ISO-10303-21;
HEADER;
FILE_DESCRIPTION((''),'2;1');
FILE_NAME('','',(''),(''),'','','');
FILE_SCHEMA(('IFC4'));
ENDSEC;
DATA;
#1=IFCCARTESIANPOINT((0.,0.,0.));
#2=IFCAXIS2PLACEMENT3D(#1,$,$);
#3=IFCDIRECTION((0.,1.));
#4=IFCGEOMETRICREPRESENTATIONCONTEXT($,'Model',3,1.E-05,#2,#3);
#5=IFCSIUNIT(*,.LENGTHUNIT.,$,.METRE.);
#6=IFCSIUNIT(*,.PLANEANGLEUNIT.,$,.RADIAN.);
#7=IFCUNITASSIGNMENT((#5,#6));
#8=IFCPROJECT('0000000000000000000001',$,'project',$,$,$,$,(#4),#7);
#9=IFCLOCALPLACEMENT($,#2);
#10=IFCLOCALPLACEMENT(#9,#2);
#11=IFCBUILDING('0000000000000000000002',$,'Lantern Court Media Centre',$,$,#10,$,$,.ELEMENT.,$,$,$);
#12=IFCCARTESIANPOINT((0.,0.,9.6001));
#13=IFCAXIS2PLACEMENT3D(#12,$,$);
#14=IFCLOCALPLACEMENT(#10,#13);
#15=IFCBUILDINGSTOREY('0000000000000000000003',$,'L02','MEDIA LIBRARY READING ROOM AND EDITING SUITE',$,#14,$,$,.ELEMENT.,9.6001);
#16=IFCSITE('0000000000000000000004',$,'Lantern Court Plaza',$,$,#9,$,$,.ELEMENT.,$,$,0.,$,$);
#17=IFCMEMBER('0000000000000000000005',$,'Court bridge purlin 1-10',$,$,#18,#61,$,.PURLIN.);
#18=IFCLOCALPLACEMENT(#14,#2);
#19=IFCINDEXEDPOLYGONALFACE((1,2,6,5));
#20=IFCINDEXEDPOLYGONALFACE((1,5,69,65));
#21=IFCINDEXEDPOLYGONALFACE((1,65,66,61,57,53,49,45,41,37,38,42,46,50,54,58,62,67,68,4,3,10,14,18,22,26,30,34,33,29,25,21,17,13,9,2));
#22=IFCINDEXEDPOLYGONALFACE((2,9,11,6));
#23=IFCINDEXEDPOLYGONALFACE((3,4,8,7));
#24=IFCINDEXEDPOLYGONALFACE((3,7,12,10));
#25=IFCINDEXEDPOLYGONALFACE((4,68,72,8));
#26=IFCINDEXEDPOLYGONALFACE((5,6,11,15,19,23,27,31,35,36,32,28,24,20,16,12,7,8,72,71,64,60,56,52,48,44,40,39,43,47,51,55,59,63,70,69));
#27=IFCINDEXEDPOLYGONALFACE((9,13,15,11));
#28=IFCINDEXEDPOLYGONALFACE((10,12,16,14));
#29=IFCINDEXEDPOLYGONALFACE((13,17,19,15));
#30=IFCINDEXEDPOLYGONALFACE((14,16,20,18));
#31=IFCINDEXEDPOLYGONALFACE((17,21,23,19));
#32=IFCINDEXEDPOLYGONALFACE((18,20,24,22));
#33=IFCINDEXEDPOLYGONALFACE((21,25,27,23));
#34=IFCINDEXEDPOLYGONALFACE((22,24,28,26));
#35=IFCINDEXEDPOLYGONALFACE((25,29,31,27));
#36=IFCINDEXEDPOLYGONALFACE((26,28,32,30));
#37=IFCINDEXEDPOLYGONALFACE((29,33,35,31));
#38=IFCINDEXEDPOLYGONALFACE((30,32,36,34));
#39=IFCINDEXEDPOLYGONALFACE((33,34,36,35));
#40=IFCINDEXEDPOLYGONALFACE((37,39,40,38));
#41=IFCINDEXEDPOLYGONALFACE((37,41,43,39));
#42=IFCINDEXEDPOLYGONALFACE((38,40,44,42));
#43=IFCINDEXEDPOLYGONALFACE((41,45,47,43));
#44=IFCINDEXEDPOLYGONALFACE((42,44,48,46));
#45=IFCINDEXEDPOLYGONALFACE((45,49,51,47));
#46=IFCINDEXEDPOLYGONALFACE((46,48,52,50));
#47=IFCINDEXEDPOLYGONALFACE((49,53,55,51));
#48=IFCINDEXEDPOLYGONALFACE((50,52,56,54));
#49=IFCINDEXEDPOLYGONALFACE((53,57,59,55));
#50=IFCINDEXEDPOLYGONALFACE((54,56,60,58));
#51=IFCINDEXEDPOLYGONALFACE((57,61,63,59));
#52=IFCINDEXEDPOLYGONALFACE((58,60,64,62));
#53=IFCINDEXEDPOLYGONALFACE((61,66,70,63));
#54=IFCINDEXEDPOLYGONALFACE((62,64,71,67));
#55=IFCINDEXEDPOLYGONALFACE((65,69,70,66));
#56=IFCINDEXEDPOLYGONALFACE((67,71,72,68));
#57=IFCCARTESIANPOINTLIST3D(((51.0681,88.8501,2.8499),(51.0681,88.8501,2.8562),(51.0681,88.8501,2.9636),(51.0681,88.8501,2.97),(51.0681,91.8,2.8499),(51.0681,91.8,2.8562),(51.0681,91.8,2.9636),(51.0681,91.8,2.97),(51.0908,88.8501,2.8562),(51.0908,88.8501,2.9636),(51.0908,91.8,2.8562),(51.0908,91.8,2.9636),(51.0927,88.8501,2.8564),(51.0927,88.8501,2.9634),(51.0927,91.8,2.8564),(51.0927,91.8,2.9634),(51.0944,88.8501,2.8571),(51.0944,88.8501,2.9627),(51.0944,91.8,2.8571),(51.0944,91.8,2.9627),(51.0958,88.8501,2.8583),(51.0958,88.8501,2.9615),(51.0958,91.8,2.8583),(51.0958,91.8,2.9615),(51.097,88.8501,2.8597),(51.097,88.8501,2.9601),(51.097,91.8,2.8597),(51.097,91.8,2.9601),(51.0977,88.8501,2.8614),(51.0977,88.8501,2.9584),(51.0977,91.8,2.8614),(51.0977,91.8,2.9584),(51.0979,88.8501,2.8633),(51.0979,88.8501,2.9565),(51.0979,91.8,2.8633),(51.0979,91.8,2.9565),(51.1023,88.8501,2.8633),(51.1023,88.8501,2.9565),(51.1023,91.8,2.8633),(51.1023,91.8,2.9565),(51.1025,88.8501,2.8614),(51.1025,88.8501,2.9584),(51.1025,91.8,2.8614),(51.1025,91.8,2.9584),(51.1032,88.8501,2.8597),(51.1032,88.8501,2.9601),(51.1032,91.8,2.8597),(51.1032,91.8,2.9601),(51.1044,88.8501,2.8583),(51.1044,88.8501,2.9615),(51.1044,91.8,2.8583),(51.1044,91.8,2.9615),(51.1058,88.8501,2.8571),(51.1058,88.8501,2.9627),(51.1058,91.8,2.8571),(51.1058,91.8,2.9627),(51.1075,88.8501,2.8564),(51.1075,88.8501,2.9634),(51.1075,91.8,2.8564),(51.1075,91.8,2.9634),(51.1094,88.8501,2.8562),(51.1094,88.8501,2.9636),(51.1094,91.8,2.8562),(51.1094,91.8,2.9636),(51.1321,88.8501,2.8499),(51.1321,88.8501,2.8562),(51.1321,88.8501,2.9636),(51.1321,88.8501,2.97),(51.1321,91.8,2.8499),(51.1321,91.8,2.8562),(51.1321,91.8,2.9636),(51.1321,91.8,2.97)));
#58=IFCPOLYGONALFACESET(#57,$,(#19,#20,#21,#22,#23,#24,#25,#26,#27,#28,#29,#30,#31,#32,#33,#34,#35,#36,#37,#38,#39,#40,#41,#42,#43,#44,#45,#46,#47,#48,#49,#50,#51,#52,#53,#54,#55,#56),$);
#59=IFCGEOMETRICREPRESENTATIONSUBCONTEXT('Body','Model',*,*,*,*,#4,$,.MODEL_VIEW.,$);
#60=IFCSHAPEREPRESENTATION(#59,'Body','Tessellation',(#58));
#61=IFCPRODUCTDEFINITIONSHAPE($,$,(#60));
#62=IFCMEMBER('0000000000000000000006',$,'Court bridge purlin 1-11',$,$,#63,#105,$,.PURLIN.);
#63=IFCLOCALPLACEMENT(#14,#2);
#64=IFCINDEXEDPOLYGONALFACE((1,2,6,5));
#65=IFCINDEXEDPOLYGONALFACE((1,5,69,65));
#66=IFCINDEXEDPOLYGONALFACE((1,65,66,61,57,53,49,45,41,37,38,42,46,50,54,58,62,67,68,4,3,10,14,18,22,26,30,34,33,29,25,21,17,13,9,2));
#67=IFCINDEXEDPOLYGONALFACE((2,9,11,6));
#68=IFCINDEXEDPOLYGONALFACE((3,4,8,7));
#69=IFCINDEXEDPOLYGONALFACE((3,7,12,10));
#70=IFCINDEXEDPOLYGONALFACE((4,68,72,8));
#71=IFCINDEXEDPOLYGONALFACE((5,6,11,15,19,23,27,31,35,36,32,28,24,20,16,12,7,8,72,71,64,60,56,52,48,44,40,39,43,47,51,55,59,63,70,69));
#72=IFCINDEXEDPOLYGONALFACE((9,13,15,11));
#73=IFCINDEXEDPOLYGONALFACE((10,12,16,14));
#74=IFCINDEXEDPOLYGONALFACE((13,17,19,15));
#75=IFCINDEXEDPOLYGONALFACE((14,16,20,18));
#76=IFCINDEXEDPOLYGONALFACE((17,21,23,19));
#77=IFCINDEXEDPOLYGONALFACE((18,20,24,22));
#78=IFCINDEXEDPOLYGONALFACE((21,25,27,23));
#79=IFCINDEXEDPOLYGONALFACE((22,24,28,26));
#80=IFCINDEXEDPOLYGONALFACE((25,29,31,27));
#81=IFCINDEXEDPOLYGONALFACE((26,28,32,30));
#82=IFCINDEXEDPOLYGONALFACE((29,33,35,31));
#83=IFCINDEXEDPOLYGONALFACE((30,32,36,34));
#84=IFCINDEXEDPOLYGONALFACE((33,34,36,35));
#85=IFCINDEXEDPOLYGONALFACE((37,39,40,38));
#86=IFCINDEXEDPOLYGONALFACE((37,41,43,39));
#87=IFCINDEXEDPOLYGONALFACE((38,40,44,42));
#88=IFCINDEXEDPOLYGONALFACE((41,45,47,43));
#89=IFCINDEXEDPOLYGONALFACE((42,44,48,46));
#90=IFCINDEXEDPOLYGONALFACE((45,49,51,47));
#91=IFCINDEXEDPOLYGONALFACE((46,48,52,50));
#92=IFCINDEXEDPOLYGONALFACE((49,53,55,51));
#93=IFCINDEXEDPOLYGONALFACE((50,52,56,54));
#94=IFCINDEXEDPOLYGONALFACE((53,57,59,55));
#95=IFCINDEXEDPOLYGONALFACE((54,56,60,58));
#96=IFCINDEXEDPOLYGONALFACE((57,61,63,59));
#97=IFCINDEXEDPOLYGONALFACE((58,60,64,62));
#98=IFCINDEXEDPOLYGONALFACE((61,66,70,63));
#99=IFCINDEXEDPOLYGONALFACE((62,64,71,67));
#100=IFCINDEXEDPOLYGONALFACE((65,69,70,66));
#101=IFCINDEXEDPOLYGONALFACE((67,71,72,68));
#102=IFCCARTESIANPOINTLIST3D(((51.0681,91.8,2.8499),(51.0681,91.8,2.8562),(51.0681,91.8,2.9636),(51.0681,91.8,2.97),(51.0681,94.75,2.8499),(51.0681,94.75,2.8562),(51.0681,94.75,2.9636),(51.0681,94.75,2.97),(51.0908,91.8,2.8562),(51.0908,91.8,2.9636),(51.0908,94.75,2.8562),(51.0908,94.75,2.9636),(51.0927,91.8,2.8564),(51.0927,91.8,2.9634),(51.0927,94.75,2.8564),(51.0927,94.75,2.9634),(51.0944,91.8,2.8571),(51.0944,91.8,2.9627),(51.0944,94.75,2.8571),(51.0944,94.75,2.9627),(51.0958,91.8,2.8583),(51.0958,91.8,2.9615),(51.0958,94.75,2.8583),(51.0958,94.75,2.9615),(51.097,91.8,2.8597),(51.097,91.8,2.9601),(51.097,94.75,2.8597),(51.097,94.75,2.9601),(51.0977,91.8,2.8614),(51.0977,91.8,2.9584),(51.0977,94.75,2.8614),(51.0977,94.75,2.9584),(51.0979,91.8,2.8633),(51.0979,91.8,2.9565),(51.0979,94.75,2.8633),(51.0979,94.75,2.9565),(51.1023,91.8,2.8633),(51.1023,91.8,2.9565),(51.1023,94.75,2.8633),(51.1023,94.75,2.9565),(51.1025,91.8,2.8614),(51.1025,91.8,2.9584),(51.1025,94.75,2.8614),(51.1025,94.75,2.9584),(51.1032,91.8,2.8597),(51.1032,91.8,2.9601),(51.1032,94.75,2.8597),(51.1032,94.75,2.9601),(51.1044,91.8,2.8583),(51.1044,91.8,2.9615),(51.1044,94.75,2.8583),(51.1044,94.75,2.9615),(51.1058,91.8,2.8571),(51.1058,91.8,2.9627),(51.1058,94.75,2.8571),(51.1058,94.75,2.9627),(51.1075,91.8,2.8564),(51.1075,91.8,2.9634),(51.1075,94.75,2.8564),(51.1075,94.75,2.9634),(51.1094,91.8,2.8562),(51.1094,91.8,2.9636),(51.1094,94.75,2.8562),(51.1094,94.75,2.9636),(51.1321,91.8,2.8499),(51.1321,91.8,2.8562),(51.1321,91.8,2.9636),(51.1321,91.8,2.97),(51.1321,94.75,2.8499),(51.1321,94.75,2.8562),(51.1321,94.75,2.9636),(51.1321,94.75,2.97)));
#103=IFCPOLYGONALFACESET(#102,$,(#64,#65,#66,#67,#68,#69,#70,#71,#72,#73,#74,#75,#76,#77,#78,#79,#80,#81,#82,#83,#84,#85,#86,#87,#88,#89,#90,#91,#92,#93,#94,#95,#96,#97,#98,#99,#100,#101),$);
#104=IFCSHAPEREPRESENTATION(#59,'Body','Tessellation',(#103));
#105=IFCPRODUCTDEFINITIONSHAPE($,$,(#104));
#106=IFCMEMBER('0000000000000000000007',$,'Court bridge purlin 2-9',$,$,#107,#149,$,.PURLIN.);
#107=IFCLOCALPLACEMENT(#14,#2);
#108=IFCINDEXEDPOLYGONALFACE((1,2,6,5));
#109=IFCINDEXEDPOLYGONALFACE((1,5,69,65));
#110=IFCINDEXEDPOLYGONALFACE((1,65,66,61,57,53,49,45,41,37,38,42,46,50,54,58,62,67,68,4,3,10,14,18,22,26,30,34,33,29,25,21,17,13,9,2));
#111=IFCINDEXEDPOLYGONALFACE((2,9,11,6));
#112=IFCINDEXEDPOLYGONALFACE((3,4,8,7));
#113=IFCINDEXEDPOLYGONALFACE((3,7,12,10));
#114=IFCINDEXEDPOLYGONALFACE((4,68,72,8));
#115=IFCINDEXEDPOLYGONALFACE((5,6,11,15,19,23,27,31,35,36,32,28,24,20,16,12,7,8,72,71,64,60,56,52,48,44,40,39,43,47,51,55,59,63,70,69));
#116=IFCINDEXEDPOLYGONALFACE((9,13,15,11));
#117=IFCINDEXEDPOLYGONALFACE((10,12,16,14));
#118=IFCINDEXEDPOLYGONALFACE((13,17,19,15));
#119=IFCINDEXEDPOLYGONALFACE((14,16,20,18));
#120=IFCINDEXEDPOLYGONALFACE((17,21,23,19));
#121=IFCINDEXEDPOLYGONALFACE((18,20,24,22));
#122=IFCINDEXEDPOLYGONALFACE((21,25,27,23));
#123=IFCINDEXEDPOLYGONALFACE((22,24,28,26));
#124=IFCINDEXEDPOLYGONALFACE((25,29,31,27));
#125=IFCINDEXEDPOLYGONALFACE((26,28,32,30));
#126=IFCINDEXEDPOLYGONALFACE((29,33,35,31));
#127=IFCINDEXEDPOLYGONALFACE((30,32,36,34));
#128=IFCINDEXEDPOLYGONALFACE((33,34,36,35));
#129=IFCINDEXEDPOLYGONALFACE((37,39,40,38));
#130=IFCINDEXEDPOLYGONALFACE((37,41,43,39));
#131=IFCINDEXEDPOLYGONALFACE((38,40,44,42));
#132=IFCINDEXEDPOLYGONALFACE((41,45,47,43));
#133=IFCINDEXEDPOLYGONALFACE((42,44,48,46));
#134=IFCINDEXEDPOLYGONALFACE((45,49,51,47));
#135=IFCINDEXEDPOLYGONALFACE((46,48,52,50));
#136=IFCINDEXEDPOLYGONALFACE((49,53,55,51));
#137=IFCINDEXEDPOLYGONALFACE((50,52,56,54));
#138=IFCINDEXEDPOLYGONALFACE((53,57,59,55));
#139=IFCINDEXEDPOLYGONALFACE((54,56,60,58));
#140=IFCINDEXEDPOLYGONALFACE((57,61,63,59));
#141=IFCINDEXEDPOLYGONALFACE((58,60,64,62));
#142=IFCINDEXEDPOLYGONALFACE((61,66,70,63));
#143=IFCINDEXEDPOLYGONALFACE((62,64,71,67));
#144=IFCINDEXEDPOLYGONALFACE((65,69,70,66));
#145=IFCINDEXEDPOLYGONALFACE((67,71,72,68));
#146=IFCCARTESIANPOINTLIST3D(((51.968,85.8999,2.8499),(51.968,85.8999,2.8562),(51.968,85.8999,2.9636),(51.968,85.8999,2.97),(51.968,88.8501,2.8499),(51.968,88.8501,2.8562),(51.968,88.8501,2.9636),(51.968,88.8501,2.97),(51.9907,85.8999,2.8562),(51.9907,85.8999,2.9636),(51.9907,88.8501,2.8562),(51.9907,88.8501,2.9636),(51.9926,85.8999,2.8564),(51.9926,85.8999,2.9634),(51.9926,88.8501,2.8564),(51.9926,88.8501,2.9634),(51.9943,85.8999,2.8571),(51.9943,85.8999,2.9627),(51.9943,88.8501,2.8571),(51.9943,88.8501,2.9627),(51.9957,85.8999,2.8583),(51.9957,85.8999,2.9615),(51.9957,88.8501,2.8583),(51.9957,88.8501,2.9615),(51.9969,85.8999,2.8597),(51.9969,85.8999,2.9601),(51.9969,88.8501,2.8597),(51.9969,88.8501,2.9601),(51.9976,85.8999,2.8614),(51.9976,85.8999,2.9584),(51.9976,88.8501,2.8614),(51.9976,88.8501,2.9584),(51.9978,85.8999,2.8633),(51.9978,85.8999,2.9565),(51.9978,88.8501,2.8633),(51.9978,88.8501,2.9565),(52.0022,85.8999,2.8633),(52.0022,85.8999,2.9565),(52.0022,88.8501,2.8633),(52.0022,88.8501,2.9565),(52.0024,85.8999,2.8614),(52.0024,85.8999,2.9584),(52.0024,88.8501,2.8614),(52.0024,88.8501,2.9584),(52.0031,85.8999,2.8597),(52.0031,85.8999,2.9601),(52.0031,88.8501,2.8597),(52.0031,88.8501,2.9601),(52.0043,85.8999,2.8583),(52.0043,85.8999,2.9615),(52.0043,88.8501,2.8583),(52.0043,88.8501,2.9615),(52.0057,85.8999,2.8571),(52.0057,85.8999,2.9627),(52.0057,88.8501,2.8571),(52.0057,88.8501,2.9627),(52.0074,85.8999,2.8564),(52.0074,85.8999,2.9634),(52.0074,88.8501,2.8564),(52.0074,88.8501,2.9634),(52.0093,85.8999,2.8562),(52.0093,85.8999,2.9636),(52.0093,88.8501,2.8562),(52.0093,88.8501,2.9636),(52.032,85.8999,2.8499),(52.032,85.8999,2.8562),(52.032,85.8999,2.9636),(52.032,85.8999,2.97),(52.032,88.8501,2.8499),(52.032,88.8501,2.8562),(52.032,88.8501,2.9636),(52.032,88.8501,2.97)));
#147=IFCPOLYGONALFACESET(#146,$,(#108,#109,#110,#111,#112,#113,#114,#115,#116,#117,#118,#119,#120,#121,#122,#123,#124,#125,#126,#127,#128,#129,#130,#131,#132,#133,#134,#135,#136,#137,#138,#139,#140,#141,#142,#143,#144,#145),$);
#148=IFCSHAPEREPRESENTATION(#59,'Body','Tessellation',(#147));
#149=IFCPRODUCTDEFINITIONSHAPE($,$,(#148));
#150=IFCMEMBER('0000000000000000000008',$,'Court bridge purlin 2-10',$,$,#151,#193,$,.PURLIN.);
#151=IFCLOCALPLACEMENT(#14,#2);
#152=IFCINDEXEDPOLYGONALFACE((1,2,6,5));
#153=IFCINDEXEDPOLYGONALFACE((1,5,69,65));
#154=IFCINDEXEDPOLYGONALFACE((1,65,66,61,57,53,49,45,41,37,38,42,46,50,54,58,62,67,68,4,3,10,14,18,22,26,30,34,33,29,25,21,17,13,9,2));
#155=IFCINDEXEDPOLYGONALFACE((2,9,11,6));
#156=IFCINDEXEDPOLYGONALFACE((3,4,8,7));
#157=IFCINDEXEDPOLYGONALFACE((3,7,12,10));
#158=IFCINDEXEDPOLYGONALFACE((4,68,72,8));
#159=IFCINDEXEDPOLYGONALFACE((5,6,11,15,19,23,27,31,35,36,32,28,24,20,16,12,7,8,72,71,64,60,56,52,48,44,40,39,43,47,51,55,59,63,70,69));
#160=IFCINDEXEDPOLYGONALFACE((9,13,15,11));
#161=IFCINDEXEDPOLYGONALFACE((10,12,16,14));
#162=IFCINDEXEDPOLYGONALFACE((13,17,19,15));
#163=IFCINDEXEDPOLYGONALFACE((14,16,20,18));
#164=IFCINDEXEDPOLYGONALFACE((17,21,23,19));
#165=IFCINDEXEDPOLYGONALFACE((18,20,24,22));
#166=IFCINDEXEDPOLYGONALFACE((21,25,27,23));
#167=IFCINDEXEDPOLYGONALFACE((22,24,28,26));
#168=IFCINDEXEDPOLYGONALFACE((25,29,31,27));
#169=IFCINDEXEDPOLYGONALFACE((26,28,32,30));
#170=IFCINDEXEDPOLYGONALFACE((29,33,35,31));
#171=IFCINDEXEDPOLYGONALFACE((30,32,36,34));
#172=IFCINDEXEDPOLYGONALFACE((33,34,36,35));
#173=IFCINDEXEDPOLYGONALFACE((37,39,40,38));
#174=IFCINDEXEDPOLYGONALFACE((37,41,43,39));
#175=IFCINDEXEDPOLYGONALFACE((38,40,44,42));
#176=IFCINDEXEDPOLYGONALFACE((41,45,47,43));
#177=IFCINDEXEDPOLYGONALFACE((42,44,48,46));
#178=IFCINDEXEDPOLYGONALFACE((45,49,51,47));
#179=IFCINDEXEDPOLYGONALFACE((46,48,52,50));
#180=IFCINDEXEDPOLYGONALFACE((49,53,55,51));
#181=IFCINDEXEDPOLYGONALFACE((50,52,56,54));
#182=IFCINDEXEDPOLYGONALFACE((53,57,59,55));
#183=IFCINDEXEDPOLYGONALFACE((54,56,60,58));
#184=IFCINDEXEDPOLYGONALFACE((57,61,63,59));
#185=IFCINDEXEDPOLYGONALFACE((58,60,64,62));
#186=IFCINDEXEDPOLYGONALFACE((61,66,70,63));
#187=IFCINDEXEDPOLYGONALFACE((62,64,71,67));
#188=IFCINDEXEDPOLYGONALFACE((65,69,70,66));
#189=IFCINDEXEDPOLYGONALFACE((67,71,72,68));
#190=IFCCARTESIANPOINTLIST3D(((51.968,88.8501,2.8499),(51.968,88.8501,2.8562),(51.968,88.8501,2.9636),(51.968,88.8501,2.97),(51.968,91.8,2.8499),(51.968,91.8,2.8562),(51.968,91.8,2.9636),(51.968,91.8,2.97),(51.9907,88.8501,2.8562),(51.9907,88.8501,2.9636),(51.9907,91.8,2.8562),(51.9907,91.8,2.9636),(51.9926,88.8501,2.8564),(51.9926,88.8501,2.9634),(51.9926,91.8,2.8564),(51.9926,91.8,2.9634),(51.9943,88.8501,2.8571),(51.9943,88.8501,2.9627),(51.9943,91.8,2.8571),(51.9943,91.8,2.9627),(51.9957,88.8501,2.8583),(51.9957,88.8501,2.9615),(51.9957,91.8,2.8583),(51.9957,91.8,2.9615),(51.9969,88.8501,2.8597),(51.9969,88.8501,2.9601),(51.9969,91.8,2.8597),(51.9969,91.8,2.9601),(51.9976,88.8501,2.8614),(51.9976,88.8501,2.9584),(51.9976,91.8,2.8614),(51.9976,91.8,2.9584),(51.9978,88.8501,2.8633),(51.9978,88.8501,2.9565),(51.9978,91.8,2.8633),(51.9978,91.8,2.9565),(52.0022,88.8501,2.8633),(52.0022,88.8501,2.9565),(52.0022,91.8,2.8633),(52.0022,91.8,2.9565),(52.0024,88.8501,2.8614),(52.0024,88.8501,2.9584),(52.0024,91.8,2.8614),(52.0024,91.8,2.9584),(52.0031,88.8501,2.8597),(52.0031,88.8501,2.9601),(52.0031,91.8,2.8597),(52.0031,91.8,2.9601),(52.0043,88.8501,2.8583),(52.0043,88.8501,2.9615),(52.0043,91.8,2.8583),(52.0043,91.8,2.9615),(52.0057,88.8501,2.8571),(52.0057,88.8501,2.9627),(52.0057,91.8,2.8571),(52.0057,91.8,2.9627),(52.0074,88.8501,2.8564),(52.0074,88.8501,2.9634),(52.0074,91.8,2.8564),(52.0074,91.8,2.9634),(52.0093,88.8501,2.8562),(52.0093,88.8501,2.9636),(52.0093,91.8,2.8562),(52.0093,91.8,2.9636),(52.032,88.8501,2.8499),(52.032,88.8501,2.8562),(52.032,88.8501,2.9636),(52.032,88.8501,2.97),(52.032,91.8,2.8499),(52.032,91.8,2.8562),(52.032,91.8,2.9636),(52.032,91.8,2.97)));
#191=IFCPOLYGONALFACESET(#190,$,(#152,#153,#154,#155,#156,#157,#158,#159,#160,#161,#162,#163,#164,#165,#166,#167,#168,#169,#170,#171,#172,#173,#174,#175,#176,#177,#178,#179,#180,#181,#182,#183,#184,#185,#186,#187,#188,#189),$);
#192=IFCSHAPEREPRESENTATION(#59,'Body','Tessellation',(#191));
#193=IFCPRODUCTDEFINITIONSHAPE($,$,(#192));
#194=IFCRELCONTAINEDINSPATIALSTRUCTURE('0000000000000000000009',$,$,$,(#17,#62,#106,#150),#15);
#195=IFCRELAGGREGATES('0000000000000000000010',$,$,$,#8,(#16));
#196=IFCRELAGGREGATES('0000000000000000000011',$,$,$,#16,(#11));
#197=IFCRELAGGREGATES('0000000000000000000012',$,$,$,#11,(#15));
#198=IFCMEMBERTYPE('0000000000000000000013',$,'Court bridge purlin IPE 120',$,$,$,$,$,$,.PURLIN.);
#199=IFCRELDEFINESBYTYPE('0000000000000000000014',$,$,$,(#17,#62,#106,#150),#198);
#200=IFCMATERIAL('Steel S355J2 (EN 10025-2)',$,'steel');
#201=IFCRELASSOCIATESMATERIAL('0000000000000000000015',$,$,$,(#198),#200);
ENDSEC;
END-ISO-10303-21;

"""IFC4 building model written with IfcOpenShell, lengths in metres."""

from ifc_helpers import new_model, si_unit, direction, frame, origin, origin_2d, place, context, subcontext, project, spatial, i_section, extrude, material, material_profile, profile_set, type_object, element, save


model = new_model("IFC4")

# Units and contexts
model_context = context("Model", 3, precision=1e-05, world=origin(), true_north=direction((0.0, 1.0)))
body_context = subcontext(model_context, "Body", "Model", "MODEL_VIEW")
ifc_project = project(units=[si_unit("LENGTHUNIT", "METRE"), si_unit("PLANEANGLEUNIT", "RADIAN")], contexts=[model_context])

# Site, building, storey
site_placement = place(None, origin())
site = spatial("IfcSite", under=ifc_project, at=site_placement, Name="Lantern Court Plaza", CompositionType="ELEMENT", RefElevation=0.0)
building_placement = place(site_placement, origin())
building = spatial("IfcBuilding", under=site, at=building_placement, Name="Lantern Court Media Centre", CompositionType="ELEMENT")
storey_placement = place(building_placement, frame((0.0, 0.0, 9.6001)))
storey = spatial("IfcBuildingStorey", under=building, at=storey_placement, Name="L02", Description="MEDIA LIBRARY READING ROOM AND EDITING SUITE", CompositionType="ELEMENT", Elevation=9.6001)

# Shared definitions
ifc_material_1 = material(Name="Steel S355J2 (EN 10025-2)", Category="steel")

# Members
ifc_material_profile_1 = material_profile(ifc_material_1, i_section(OverallWidth=0.064, OverallDepth=0.1201, WebThickness=0.0044, FlangeThickness=0.0063, FilletRadius=0.0071, at=origin_2d()), Name="IPE 120")
ifc_profile_set_1 = profile_set([ifc_material_profile_1], Name="Steel S355J2 (EN 10025-2)")
member_type_1 = type_object("IfcMemberType", Name="Court bridge purlin IPE 120", PredefinedType="PURLIN", material=ifc_profile_set_1)
for number, where, z_axis, x_axis, name in (
    (1, (51.1001, 88.8501, 2.9099), (0.0, 1.0, 0.0), (-1.0, 0.0, 0.0), "Court bridge purlin 1-10"),
    (2, (51.1001, 91.8, 2.9099), (0.0, 1.0, 0.0), (-1.0, 0.0, 0.0), "Court bridge purlin 1-11"),
):
    element("IfcMember", number, at=place(storey_placement, frame(where, z_axis=z_axis, x_axis=x_axis)), inside=storey, type_object=member_type_1, Name=name, PredefinedType="PURLIN", context=body_context, shape_type="SweptSolid", body=[
        extrude(i_section(OverallWidth=0.064, OverallDepth=0.1201, WebThickness=0.0044, FlangeThickness=0.0063, FilletRadius=0.0071, at=origin_2d()), origin(), (0.0, 0.0, 1.0), 2.95),
    ])
member_1_placement = place(storey_placement, frame((52.0, 85.8999, 2.9099), z_axis=(0.0, 1.0, 0.0), x_axis=(-1.0, 0.0, 0.0)))
element("IfcMember", 3, at=member_1_placement, inside=storey, type_object=member_type_1, Name="Court bridge purlin 2-9", PredefinedType="PURLIN", context=body_context, shape_type="SweptSolid", body=[
    extrude(i_section(OverallWidth=0.064, OverallDepth=0.1201, WebThickness=0.0044, FlangeThickness=0.0063, FilletRadius=0.0071, at=origin_2d()), origin(), (0.0, 0.0, 1.0), 2.9502),
])
for number, where, z_axis, x_axis, name in (
    (4, (52.0, 88.8501, 2.9099), (0.0, 1.0, 0.0), (-1.0, 0.0, 0.0), "Court bridge purlin 2-10"),
):
    element("IfcMember", number, at=place(storey_placement, frame(where, z_axis=z_axis, x_axis=x_axis)), inside=storey, type_object=member_type_1, Name=name, PredefinedType="PURLIN", context=body_context, shape_type="SweptSolid", body=[
        extrude(i_section(OverallWidth=0.064, OverallDepth=0.1201, WebThickness=0.0044, FlangeThickness=0.0063, FilletRadius=0.0071, at=origin_2d()), origin(), (0.0, 0.0, 1.0), 2.95),
    ])

save(model, "model.ifc")
